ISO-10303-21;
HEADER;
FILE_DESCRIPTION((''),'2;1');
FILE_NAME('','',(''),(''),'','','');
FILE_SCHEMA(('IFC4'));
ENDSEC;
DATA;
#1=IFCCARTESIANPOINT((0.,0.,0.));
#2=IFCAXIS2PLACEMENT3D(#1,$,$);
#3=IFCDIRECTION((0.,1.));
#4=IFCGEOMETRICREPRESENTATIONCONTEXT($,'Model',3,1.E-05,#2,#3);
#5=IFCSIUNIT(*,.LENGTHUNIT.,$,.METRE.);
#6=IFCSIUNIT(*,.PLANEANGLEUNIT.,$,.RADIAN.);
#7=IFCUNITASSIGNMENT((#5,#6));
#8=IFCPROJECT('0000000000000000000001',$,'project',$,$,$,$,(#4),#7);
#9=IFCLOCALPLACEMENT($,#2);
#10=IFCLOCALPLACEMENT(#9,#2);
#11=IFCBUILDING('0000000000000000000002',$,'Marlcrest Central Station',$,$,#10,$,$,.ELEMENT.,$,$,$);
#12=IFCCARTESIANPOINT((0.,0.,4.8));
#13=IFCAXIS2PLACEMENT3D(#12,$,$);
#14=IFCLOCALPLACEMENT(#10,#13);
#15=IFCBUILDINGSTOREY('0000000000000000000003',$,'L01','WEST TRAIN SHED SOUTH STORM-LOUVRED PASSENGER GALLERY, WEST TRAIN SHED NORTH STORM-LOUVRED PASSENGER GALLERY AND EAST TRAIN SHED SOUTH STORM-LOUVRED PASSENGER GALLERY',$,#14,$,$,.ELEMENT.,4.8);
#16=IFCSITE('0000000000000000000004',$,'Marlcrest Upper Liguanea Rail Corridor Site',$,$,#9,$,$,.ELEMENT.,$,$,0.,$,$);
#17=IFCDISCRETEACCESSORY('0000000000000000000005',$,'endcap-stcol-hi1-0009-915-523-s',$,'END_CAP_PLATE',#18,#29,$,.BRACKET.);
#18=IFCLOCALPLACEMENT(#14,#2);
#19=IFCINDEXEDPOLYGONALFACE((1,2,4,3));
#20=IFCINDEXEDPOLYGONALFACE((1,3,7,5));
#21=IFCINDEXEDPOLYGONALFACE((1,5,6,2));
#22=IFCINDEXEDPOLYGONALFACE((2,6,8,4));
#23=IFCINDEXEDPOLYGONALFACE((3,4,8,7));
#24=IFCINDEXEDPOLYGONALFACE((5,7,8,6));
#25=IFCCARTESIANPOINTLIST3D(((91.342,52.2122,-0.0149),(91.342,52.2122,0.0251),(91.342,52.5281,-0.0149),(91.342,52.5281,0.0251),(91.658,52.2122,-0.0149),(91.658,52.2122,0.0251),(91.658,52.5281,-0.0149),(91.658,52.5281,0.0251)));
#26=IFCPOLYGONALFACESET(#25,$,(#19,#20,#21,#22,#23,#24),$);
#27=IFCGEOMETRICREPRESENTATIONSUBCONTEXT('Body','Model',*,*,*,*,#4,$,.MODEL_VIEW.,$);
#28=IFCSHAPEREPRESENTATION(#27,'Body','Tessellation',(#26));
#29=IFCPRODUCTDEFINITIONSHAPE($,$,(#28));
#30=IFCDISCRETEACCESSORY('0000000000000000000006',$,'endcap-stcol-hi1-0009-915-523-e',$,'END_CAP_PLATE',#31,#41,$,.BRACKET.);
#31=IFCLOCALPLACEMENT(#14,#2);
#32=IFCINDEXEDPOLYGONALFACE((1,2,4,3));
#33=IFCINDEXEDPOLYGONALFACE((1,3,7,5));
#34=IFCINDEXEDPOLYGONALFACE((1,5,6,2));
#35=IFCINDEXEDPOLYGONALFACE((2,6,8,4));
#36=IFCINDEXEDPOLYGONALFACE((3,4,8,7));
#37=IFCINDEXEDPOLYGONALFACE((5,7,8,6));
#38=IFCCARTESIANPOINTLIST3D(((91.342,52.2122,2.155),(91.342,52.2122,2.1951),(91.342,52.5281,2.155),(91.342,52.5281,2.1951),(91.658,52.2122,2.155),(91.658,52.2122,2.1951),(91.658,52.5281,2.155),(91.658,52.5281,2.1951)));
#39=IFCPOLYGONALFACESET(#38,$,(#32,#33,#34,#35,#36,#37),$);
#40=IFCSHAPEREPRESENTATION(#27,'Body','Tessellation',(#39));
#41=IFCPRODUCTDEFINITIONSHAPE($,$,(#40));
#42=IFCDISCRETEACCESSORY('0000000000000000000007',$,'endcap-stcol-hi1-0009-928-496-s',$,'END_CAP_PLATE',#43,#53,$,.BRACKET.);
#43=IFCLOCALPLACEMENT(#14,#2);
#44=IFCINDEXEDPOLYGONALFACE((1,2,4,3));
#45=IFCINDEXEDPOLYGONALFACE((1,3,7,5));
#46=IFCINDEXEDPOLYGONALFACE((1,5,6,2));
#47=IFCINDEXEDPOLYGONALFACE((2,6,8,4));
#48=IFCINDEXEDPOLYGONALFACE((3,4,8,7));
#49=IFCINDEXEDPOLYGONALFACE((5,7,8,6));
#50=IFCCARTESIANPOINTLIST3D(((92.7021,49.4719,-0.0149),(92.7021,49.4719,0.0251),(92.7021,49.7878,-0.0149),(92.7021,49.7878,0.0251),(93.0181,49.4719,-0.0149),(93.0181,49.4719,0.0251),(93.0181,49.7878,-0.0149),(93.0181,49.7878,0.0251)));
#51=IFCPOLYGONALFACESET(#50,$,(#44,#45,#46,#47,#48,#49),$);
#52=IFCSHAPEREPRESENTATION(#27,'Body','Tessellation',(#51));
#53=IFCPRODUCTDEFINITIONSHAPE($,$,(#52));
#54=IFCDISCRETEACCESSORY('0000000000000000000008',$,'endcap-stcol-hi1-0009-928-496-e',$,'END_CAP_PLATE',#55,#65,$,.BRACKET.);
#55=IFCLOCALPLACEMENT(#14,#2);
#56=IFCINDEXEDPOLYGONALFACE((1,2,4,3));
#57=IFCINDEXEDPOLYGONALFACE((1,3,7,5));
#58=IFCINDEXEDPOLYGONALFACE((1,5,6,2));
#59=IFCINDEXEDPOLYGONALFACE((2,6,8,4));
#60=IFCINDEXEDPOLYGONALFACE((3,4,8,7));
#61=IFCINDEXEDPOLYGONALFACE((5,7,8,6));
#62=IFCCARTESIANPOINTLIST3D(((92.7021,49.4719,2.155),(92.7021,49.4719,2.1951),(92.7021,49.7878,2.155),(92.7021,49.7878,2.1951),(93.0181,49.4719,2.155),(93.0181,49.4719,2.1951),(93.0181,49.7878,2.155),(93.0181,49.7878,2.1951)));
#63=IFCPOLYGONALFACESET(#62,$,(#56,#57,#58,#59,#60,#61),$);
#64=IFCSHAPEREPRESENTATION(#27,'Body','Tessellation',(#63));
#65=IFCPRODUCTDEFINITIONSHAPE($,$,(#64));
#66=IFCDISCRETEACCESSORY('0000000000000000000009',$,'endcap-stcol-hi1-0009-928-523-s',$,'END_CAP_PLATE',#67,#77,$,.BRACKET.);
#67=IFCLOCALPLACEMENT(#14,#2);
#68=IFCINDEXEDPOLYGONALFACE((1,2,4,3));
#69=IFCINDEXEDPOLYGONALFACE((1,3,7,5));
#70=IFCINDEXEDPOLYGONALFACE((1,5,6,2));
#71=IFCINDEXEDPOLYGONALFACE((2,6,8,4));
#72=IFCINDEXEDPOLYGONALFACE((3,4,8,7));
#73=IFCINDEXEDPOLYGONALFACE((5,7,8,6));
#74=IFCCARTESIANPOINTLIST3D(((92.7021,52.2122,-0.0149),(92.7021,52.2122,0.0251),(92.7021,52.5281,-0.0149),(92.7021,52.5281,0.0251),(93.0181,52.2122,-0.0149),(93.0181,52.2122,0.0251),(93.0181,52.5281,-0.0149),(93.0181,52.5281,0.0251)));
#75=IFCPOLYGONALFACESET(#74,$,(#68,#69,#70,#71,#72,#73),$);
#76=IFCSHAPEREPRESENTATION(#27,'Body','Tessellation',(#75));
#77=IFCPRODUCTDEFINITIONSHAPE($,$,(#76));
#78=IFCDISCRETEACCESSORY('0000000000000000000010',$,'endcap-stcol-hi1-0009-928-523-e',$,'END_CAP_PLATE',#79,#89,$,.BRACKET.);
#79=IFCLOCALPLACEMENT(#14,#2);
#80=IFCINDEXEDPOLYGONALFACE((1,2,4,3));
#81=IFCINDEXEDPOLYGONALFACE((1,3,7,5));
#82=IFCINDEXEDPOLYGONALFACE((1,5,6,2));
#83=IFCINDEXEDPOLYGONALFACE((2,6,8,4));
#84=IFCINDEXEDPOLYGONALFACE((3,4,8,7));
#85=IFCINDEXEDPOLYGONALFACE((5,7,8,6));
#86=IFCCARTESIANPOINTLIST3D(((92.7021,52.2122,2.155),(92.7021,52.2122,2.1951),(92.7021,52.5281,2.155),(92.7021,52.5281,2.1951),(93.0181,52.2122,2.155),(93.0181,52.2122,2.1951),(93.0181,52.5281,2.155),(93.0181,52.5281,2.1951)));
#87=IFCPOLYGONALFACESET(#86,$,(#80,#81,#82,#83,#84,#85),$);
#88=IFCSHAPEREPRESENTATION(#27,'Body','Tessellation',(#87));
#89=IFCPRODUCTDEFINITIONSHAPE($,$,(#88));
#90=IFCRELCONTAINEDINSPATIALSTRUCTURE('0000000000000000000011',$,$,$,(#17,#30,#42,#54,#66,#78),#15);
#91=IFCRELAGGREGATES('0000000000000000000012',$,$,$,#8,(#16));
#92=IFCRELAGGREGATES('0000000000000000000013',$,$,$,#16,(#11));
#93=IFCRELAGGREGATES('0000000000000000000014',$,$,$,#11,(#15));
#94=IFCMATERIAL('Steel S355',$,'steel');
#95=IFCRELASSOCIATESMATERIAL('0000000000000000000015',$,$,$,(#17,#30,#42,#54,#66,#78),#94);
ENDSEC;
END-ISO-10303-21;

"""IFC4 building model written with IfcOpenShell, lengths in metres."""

from ifc_helpers import new_model, si_unit, direction, frame, origin, origin_2d, place, context, subcontext, project, spatial, rectangle, extrude, material, element, save


model = new_model("IFC4")

# Units and contexts
model_context = context("Model", 3, precision=1e-05, world=origin(), true_north=direction((0.0, 1.0)))
body_context = subcontext(model_context, "Body", "Model", "MODEL_VIEW")
ifc_project = project(units=[si_unit("LENGTHUNIT", "METRE"), si_unit("PLANEANGLEUNIT", "RADIAN")], contexts=[model_context])

# Site, building, storey
site_placement = place(None, origin())
site = spatial("IfcSite", under=ifc_project, at=site_placement, Name="Marlcrest Upper Liguanea Rail Corridor Site", CompositionType="ELEMENT", RefElevation=0.0)
building_placement = place(site_placement, origin())
building = spatial("IfcBuilding", under=site, at=building_placement, Name="Marlcrest Central Station", CompositionType="ELEMENT")
storey_placement = place(building_placement, frame((0.0, 0.0, 4.8)))
storey = spatial("IfcBuildingStorey", under=building, at=storey_placement, Name="L01", Description="WEST TRAIN SHED SOUTH STORM-LOUVRED PASSENGER GALLERY, WEST TRAIN SHED NORTH STORM-LOUVRED PASSENGER GALLERY AND EAST TRAIN SHED SOUTH STORM-LOUVRED PASSENGER GALLERY", CompositionType="ELEMENT", Elevation=4.8)

# Shared definitions
ifc_material_1 = material(Name="Steel S355", Category="steel")

# Discrete accessories
for number, where, z_axis, x_axis, name in (
    (1, (91.5, 52.3701, -0.0149), (0.0, 0.0, 1.0), (1.0, 0.0, 0.0), "endcap-stcol-hi1-0009-915-523-s"),
    (2, (91.5, 52.3701, 2.155), (0.0, 0.0, 1.0), (1.0, 0.0, 0.0), "endcap-stcol-hi1-0009-915-523-e"),
    (3, (92.8601, 49.6299, -0.0149), (0.0, 0.0, 1.0), (1.0, 0.0, 0.0), "endcap-stcol-hi1-0009-928-496-s"),
    (4, (92.8601, 49.6299, 2.155), (0.0, 0.0, 1.0), (1.0, 0.0, 0.0), "endcap-stcol-hi1-0009-928-496-e"),
    (5, (92.8601, 52.3701, -0.0149), (0.0, 0.0, 1.0), (1.0, 0.0, 0.0), "endcap-stcol-hi1-0009-928-523-s"),
    (6, (92.8601, 52.3701, 2.155), (0.0, 0.0, 1.0), (1.0, 0.0, 0.0), "endcap-stcol-hi1-0009-928-523-e"),
):
    element("IfcDiscreteAccessory", number, at=place(storey_placement, frame(where, z_axis=z_axis, x_axis=x_axis)), inside=storey, material=ifc_material_1, Name=name, ObjectType="END_CAP_PLATE", PredefinedType="BRACKET", context=body_context, shape_type="SweptSolid", body=[
        extrude(rectangle(XDim=0.3159, YDim=0.3159, at=origin_2d()), origin(), (0.0, 0.0, 1.0), 0.04),
    ])

save(model, "model.ifc")
